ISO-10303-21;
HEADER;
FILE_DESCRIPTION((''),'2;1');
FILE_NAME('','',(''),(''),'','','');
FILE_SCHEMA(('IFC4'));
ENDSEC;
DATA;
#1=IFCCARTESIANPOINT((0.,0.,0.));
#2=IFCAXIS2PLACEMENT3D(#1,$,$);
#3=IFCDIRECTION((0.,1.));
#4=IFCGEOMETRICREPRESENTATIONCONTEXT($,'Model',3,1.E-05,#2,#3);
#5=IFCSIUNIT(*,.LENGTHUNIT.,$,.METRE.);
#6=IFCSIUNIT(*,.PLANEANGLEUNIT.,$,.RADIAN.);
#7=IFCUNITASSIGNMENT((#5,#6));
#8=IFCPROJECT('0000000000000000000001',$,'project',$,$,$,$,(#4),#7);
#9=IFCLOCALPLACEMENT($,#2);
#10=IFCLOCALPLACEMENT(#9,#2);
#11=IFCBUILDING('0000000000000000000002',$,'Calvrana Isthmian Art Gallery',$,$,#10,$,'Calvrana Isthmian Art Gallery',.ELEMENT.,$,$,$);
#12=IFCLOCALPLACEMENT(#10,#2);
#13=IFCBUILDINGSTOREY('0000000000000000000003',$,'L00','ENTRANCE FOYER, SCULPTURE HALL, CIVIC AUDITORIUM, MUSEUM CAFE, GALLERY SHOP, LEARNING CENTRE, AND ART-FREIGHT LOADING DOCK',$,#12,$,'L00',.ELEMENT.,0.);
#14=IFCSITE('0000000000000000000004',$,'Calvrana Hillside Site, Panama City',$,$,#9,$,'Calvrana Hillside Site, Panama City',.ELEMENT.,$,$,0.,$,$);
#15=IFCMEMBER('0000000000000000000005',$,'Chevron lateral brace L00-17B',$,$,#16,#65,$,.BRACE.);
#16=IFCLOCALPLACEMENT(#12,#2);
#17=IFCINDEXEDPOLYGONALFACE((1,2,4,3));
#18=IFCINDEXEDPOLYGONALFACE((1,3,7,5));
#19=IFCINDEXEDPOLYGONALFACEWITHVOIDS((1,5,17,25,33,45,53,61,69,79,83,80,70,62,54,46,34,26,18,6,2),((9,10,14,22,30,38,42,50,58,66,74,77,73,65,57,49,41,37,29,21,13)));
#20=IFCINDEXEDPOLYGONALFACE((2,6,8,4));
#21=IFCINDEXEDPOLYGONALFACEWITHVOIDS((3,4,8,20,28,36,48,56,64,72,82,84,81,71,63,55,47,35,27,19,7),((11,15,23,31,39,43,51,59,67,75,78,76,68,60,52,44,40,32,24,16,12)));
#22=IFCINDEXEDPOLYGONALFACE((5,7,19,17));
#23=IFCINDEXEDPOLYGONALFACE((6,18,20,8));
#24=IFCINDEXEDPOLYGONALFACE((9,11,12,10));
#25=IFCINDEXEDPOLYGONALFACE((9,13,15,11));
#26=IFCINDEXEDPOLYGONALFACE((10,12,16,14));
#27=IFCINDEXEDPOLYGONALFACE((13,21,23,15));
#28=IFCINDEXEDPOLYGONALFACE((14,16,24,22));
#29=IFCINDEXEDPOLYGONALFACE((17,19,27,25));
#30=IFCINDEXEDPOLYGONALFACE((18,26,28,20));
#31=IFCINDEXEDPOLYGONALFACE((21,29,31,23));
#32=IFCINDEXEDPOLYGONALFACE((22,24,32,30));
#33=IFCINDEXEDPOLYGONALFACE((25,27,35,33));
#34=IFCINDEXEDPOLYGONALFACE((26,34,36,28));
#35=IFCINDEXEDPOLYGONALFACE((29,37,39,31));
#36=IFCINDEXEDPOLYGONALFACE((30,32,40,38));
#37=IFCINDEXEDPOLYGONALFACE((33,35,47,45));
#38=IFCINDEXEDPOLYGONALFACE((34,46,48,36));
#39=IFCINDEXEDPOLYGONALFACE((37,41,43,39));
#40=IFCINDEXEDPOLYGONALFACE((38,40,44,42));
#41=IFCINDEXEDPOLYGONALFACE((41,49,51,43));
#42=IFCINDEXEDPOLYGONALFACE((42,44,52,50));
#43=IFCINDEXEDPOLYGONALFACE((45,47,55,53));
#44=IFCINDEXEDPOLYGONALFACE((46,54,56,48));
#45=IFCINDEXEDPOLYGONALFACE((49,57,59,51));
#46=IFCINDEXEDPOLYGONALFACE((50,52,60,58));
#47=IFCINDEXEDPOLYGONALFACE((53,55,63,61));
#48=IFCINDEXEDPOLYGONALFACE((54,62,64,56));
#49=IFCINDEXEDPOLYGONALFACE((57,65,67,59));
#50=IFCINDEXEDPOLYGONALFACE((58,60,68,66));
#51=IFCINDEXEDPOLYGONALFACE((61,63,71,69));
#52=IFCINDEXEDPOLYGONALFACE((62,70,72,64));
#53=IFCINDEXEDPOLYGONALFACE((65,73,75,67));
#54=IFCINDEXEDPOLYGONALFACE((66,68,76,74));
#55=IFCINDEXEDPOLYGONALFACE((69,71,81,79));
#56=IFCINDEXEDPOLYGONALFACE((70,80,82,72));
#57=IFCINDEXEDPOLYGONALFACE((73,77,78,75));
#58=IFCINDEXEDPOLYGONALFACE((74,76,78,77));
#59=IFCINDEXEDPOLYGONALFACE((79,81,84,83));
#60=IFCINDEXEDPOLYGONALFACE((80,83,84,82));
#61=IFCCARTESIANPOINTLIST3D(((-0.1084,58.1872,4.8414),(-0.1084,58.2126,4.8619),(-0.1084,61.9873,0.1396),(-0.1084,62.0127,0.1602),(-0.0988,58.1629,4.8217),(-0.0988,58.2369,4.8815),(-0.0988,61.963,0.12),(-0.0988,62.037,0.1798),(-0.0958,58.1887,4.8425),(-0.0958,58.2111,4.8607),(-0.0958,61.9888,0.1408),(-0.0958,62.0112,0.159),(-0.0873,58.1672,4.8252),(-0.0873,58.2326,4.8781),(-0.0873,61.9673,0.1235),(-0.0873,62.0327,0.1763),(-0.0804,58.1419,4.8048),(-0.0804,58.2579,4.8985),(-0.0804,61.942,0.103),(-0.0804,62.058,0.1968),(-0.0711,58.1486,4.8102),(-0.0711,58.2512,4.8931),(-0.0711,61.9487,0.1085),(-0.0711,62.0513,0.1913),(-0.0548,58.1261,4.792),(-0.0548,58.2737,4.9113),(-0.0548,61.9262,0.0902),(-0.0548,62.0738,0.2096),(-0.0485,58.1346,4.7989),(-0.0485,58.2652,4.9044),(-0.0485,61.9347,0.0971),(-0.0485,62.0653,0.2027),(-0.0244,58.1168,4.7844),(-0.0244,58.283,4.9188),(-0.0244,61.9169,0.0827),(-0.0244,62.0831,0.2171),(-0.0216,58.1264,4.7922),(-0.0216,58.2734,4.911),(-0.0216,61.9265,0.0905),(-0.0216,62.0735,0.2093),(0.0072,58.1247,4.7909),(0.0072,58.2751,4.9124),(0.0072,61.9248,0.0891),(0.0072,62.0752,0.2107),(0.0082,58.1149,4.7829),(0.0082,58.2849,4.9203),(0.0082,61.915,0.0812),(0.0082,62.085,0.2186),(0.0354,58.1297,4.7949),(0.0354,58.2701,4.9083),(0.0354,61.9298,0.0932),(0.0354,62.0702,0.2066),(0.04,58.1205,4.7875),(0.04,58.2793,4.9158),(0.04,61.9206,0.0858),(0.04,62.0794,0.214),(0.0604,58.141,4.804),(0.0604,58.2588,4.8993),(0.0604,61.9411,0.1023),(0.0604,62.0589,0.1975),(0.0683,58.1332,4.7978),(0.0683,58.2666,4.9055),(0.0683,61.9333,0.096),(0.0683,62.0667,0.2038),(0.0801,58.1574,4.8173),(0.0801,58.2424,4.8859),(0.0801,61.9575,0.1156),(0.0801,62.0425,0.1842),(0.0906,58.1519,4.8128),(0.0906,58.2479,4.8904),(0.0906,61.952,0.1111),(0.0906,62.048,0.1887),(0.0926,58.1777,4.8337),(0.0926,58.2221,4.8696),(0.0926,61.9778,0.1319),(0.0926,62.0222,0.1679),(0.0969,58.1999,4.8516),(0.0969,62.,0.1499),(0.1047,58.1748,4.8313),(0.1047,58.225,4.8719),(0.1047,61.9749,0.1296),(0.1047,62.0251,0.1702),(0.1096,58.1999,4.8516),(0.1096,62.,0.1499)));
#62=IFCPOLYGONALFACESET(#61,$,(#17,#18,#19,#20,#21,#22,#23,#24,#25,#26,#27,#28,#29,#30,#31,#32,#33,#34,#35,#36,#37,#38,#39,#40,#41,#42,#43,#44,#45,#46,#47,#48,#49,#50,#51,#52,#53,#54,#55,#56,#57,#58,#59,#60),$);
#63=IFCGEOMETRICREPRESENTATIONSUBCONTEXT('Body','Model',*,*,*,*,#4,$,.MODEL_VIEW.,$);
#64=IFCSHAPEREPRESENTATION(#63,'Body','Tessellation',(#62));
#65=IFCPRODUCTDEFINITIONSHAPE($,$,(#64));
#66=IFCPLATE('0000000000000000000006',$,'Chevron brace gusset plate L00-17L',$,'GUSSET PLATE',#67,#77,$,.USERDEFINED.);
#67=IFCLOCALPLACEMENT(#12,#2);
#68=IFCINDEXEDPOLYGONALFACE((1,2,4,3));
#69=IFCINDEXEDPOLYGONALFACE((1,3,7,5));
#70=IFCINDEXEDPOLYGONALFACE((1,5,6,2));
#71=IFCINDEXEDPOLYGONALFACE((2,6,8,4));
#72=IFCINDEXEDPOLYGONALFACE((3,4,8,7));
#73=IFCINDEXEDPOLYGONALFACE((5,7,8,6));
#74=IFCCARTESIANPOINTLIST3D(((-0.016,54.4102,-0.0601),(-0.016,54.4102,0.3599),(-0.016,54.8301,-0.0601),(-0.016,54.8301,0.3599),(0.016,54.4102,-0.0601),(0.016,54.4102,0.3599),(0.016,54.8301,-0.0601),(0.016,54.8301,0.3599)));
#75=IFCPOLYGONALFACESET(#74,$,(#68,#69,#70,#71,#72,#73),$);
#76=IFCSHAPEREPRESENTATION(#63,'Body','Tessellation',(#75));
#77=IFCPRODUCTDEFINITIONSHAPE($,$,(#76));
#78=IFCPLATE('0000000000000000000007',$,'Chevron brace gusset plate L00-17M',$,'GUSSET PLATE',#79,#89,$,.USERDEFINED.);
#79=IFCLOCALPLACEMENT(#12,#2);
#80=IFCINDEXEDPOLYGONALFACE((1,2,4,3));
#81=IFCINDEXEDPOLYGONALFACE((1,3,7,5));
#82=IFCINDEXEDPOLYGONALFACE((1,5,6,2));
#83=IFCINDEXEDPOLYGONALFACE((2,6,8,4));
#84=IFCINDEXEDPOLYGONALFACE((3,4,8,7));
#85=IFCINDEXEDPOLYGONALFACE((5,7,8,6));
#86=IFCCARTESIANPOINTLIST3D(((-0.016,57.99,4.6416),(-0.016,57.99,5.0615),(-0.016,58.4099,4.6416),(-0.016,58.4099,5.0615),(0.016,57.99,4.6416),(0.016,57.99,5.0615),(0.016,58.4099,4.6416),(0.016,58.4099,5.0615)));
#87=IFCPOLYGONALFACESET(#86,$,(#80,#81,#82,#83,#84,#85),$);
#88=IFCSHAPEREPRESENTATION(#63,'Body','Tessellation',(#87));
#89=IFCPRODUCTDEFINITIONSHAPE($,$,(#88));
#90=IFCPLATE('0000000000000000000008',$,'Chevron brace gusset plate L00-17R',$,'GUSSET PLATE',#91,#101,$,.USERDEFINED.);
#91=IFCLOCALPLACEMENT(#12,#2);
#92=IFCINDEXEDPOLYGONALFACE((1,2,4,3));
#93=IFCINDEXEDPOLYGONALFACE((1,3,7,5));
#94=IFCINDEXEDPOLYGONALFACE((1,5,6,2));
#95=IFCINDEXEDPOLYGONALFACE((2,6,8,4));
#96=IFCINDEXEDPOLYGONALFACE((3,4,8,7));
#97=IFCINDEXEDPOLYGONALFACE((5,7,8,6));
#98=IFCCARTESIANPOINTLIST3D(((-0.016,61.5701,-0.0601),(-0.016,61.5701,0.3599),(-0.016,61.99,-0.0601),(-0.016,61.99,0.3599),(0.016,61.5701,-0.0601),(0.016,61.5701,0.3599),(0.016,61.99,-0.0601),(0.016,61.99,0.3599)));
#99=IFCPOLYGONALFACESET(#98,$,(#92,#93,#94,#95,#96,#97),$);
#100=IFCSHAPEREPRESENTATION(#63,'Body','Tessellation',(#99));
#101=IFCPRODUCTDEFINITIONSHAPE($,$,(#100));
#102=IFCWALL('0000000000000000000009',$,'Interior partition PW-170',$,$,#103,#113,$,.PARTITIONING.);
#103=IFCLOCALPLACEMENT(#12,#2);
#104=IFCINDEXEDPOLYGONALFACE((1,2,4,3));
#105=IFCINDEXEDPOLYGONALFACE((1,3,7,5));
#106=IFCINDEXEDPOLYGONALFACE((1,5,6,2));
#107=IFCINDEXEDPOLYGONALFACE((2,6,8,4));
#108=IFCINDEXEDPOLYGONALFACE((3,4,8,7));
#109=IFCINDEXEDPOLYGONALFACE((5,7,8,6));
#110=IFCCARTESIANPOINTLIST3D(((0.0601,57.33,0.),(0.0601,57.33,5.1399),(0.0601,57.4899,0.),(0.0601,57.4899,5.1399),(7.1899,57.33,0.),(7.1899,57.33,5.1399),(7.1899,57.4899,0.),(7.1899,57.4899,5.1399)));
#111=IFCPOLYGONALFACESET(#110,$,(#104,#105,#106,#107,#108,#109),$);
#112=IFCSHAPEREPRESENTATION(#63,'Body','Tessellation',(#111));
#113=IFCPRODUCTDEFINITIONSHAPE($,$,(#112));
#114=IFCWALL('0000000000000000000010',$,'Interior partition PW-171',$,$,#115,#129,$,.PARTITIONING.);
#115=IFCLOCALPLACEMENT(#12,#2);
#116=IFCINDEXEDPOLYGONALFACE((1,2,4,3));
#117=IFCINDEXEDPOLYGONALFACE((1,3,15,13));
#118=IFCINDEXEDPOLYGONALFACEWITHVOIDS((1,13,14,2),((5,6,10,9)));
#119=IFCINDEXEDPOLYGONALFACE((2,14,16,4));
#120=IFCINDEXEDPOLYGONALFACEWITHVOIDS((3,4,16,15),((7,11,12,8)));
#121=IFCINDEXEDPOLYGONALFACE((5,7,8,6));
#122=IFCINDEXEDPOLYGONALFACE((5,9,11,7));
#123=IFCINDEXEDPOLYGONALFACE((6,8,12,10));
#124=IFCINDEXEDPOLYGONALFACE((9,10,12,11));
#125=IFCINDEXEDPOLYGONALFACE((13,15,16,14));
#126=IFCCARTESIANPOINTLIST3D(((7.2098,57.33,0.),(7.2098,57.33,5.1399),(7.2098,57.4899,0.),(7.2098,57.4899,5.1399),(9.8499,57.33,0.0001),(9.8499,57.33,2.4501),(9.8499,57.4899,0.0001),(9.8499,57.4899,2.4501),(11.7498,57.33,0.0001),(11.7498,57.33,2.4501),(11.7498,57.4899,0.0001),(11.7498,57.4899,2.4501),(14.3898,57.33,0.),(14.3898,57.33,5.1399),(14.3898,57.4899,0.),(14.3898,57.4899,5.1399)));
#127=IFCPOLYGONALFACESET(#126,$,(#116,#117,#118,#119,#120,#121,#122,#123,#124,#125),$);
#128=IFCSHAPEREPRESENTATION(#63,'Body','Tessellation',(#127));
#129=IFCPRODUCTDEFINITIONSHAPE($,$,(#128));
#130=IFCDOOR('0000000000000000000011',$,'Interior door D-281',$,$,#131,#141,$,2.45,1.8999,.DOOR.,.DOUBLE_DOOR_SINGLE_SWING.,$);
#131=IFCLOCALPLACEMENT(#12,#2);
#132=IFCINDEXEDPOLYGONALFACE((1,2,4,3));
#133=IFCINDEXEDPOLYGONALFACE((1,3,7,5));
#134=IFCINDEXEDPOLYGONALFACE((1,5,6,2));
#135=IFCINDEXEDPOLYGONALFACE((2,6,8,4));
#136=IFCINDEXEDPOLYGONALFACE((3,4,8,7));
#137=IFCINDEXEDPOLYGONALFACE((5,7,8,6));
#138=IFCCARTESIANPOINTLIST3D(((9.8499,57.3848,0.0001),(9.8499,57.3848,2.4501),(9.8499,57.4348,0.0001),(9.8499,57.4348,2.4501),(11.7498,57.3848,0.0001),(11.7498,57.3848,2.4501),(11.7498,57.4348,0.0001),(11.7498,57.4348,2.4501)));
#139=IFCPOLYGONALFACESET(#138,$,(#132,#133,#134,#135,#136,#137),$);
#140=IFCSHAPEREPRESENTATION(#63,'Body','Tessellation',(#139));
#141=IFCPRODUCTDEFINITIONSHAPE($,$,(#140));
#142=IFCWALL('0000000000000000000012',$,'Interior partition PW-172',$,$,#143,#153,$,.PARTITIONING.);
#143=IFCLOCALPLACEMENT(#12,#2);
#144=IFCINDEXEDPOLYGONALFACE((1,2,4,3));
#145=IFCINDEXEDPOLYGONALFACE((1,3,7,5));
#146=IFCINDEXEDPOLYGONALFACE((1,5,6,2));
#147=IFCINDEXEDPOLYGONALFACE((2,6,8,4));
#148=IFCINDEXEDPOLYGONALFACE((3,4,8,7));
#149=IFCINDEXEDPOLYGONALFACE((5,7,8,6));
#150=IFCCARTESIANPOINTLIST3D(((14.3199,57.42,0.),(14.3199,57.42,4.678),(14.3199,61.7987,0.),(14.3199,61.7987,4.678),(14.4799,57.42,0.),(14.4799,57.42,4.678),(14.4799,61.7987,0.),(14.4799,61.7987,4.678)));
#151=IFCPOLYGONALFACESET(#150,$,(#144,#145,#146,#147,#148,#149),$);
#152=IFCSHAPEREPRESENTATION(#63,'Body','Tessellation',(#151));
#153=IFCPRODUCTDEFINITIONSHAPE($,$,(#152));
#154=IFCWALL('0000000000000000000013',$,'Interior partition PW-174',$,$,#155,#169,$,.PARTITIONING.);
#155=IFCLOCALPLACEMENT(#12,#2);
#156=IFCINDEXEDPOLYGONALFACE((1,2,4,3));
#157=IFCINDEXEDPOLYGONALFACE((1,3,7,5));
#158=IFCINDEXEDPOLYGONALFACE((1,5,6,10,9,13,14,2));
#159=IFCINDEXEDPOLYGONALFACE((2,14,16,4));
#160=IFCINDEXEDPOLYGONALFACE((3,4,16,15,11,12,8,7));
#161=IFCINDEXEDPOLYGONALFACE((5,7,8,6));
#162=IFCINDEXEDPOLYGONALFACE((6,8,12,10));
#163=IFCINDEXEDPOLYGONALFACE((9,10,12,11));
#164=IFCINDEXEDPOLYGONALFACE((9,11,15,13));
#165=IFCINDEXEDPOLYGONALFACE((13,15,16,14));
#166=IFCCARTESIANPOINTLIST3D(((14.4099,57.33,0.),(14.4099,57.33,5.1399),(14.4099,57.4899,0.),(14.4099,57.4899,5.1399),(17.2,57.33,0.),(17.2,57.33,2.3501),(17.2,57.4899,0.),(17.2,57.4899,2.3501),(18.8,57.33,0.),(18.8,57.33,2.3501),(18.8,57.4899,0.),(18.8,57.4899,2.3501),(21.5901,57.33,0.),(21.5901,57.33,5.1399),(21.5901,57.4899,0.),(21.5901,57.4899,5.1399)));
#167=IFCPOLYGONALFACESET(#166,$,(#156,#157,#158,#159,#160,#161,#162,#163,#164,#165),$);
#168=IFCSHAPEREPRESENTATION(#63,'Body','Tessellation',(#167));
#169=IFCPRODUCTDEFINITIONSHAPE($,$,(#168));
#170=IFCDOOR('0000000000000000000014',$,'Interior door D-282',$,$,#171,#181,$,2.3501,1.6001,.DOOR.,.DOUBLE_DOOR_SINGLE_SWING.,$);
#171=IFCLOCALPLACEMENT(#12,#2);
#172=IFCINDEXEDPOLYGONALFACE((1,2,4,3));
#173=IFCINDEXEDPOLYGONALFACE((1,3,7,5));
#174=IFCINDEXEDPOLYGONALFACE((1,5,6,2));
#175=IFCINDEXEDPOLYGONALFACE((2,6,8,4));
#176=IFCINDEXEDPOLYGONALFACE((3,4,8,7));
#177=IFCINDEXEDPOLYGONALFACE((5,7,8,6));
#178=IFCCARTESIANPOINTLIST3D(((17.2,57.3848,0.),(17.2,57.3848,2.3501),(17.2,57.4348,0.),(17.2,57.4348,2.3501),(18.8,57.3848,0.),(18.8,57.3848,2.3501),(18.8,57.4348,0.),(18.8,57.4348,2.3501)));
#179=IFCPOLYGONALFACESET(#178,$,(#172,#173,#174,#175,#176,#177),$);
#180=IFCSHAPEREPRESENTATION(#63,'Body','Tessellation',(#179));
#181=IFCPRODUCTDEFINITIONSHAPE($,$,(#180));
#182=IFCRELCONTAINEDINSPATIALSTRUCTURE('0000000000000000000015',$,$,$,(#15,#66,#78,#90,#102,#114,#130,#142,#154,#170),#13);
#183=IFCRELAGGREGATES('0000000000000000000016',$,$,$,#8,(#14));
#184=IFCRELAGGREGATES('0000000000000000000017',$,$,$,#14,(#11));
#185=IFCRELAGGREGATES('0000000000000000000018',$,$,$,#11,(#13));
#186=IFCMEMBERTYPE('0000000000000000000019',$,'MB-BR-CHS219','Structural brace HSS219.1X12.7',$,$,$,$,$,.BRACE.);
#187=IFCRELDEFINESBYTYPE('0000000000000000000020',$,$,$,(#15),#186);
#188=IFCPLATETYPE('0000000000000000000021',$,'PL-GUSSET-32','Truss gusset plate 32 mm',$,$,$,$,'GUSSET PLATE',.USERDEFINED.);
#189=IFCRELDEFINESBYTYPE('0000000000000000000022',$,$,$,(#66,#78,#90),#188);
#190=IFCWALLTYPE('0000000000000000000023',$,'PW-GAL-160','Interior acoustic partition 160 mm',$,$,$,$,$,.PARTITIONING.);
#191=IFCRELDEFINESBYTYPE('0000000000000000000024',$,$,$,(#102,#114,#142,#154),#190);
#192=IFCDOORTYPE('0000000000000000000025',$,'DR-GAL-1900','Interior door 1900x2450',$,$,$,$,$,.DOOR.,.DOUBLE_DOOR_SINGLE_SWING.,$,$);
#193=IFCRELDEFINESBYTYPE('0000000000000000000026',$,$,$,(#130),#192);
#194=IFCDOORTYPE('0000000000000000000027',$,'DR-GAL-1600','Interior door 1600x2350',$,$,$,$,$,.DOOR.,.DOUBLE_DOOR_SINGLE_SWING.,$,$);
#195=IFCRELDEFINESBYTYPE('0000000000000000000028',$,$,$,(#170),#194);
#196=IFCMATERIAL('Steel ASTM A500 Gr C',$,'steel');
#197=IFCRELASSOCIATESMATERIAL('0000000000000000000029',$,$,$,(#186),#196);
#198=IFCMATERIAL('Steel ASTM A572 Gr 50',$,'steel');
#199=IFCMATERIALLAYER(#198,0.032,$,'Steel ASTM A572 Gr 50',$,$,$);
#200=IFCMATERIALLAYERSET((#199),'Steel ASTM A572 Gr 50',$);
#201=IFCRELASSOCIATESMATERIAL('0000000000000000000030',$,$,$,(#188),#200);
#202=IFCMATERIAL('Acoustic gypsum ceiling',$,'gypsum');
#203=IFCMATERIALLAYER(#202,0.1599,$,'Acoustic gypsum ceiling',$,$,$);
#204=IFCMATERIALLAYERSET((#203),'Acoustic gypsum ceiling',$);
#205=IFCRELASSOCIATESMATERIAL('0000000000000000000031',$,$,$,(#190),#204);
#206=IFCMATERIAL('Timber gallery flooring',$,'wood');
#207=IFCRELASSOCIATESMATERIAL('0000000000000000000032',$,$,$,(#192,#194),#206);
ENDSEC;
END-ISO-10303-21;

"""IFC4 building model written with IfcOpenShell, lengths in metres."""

from ifc_helpers import new_model, si_unit, direction, frame, frame_2d, origin, origin_2d, place, context, subcontext, project, spatial, rectangle, hollow_circle, extrude, material, layer, layer_set, material_profile, profile_set, type_object, element, fill, save


model = new_model("IFC4")

# Units and contexts
model_context = context("Model", 3, precision=1e-05, world=origin(), true_north=direction((0.0, 1.0)))
body_context = subcontext(model_context, "Body", "Model", "MODEL_VIEW")
ifc_project = project(units=[si_unit("LENGTHUNIT", "METRE"), si_unit("PLANEANGLEUNIT", "RADIAN")], contexts=[model_context])

# Site, building, storey
site_placement = place(None, origin())
site = spatial("IfcSite", under=ifc_project, at=site_placement, Name="Calvrana Hillside Site, Panama City", LongName="Calvrana Hillside Site, Panama City", CompositionType="ELEMENT", RefElevation=0.0)
building_placement = place(site_placement, origin())
building = spatial("IfcBuilding", under=site, at=building_placement, Name="Calvrana Isthmian Art Gallery", LongName="Calvrana Isthmian Art Gallery", CompositionType="ELEMENT")
storey_placement = place(building_placement, origin())
storey = spatial("IfcBuildingStorey", under=building, at=storey_placement, Name="L00", Description="ENTRANCE FOYER, SCULPTURE HALL, CIVIC AUDITORIUM, MUSEUM CAFE, GALLERY SHOP, LEARNING CENTRE, AND ART-FREIGHT LOADING DOCK", LongName="L00", CompositionType="ELEMENT", Elevation=0.0)

# Member
ifc_material_1 = material(Name="Steel ASTM A500 Gr C", Category="steel")
ifc_material_profile_1 = material_profile(ifc_material_1, hollow_circle(Radius=0.1096, WallThickness=0.0127, at=origin_2d()), Name="HSS219.1X12.7")
ifc_profile_set_1 = profile_set([ifc_material_profile_1], Name="Steel ASTM A500 Gr C")
member_type = type_object("IfcMemberType", Name="MB-BR-CHS219", Description="Structural brace HSS219.1X12.7", PredefinedType="BRACE", material=ifc_profile_set_1)
member_placement = place(storey_placement, frame((0.0, 62.0, 0.1499), z_axis=(0.0, -0.628593, 0.777735), x_axis=(1.0, 0.0, 0.0)))
element("IfcMember", 1, at=member_placement, inside=storey, type_object=member_type, Name="Chevron lateral brace L00-17B", PredefinedType="BRACE", context=body_context, shape_type="SweptSolid", body=[
    extrude(hollow_circle(Radius=0.1096, WallThickness=0.0127, at=origin_2d()), origin(), (0.0, 0.0, 1.0), 6.0454),
])

# Plates
ifc_material_2 = material(Name="Steel ASTM A572 Gr 50", Category="steel")
ifc_layer_1 = layer(ifc_material_2, 0.032, Name="Steel ASTM A572 Gr 50")
ifc_layer_set_1 = layer_set([ifc_layer_1], Name="Steel ASTM A572 Gr 50")
plate_type = type_object("IfcPlateType", Name="PL-GUSSET-32", Description="Truss gusset plate 32 mm", ElementType="GUSSET PLATE", PredefinedType="USERDEFINED", material=ifc_layer_set_1)
for number, where, z_axis, x_axis, name in (
    (2, (0.0, 54.6201, -0.0601), (0.0, 0.0, 1.0), (1.0, 0.0, 0.0), "Chevron brace gusset plate L00-17L"),
    (3, (0.0, 58.2, 4.6416), (0.0, 0.0, 1.0), (1.0, 0.0, 0.0), "Chevron brace gusset plate L00-17M"),
    (4, (0.0, 61.78, -0.0601), (0.0, 0.0, 1.0), (1.0, 0.0, 0.0), "Chevron brace gusset plate L00-17R"),
):
    element("IfcPlate", number, at=place(storey_placement, frame(where, z_axis=z_axis, x_axis=x_axis)), inside=storey, type_object=plate_type, Name=name, ObjectType="GUSSET PLATE", PredefinedType="USERDEFINED", context=body_context, shape_type="SweptSolid", body=[
        extrude(rectangle(XDim=0.032, YDim=0.4199, at=origin_2d()), origin(), (0.0, 0.0, 1.0), 0.4199),
    ])

# Wall
ifc_material_3 = material(Name="Acoustic gypsum ceiling", Category="gypsum")
ifc_layer_2 = layer(ifc_material_3, 0.1599, Name="Acoustic gypsum ceiling")
ifc_layer_set_2 = layer_set([ifc_layer_2], Name="Acoustic gypsum ceiling")
wall_type = type_object("IfcWallType", Name="PW-GAL-160", Description="Interior acoustic partition 160 mm", PredefinedType="PARTITIONING", material=ifc_layer_set_2)
wall_1_placement = place(storey_placement, frame((0.0601, 57.4099, 0.0), z_axis=(0.0, 0.0, 1.0), x_axis=(1.0, 0.0, 0.0)))
element("IfcWall", 5, at=wall_1_placement, inside=storey, type_object=wall_type, Name="Interior partition PW-170", PredefinedType="PARTITIONING", context=body_context, shape_type="SweptSolid", body=[
    extrude(rectangle(XDim=7.1299, YDim=0.1599, at=frame_2d((3.5649, 0.0))), origin(), (0.0, 0.0, 1.0), 5.1399),
])

# Wall, opening, door
wall_2_placement = place(storey_placement, frame((7.21, 57.4099, 0.0), z_axis=(0.0, 0.0, 1.0), x_axis=(1.0, 0.0, 0.0)))
wall_2 = element("IfcWall", 6, at=wall_2_placement, inside=storey, type_object=wall_type, Name="Interior partition PW-171", PredefinedType="PARTITIONING", context=body_context, shape_type="SweptSolid", body=[
    extrude(rectangle(XDim=7.1799, YDim=0.1599, at=frame_2d((3.5898, 0.0))), origin(), (0.0, 0.0, 1.0), 5.1399),
])
opening_1_placement = place(wall_2_placement, frame((2.6399, 0.0, 0.0)))
opening_1 = element("IfcOpeningElement", 7, at=opening_1_placement, cuts=wall_2, PredefinedType="OPENING", context=body_context, shape_type="SweptSolid", body=[
    extrude(rectangle(XDim=1.8999, YDim=2.45, at=frame_2d((0.95, 1.2251))), frame((0.0, 0.0903, 0.0), z_axis=(0.0, -1.0, 0.0), x_axis=(1.0, 0.0, 0.0)), (0.0, 0.0, 1.0), 0.1804),
])
ifc_material_4 = material(Name="Timber gallery flooring", Category="wood")
door_type_1 = type_object("IfcDoorType", Name="DR-GAL-1900", Description="Interior door 1900x2450", OperationType="DOUBLE_DOOR_SINGLE_SWING", PredefinedType="DOOR", material=ifc_material_4)
door_1_placement = place(opening_1_placement, origin())
door_1 = element("IfcDoor", 8, at=door_1_placement, inside=storey, type_object=door_type_1, Name="Interior door D-281", OperationType="DOUBLE_DOOR_SINGLE_SWING", OverallHeight=2.45, OverallWidth=1.8999, PredefinedType="DOOR", context=body_context, shape_type="SweptSolid", body=[
    extrude(rectangle(XDim=1.8999, YDim=2.45, at=frame_2d((0.95, 1.2251))), frame((0.0, 0.0249, 0.0), z_axis=(0.0, -1.0, 0.0), x_axis=(1.0, 0.0, 0.0)), (0.0, 0.0, 1.0), 0.05),
])
fill(opening_1, door_1)

# Wall
wall_3_placement = place(storey_placement, frame((14.3999, 57.4199, 0.0), z_axis=(0.0, 0.0, 1.0), x_axis=(0.0, 1.0, 0.0)))
element("IfcWall", 9, at=wall_3_placement, inside=storey, type_object=wall_type, Name="Interior partition PW-172", PredefinedType="PARTITIONING", context=body_context, shape_type="SweptSolid", body=[
    extrude(rectangle(XDim=4.3787, YDim=0.1599, at=frame_2d((2.1895, 0.0))), origin(), (0.0, 0.0, 1.0), 4.678),
])

# Wall, opening, door
wall_4_placement = place(storey_placement, frame((14.4099, 57.4099, 0.0), z_axis=(0.0, 0.0, 1.0), x_axis=(1.0, 0.0, 0.0)))
wall_4 = element("IfcWall", 10, at=wall_4_placement, inside=storey, type_object=wall_type, Name="Interior partition PW-174", PredefinedType="PARTITIONING", context=body_context, shape_type="SweptSolid", body=[
    extrude(rectangle(XDim=7.1802, YDim=0.1599, at=frame_2d((3.5901, 0.0))), origin(), (0.0, 0.0, 1.0), 5.1399),
])
opening_2_placement = place(wall_4_placement, frame((2.79, 0.0, 0.0)))
opening_2 = element("IfcOpeningElement", 11, at=opening_2_placement, cuts=wall_4, PredefinedType="OPENING", context=body_context, shape_type="SweptSolid", body=[
    extrude(rectangle(XDim=1.6001, YDim=2.3501, at=frame_2d((0.8, 1.175))), frame((0.0, 0.0903, 0.0), z_axis=(0.0, -1.0, 0.0), x_axis=(1.0, 0.0, 0.0)), (0.0, 0.0, 1.0), 0.1804),
])
door_type_2 = type_object("IfcDoorType", Name="DR-GAL-1600", Description="Interior door 1600x2350", OperationType="DOUBLE_DOOR_SINGLE_SWING", PredefinedType="DOOR", material=ifc_material_4)
door_2_placement = place(opening_2_placement, origin())
door_2 = element("IfcDoor", 12, at=door_2_placement, inside=storey, type_object=door_type_2, Name="Interior door D-282", OperationType="DOUBLE_DOOR_SINGLE_SWING", OverallHeight=2.3501, OverallWidth=1.6001, PredefinedType="DOOR", context=body_context, shape_type="SweptSolid", body=[
    extrude(rectangle(XDim=1.6001, YDim=2.3501, at=frame_2d((0.8, 1.175))), frame((0.0, 0.0249, 0.0), z_axis=(0.0, -1.0, 0.0), x_axis=(1.0, 0.0, 0.0)), (0.0, 0.0, 1.0), 0.05),
])
fill(opening_2, door_2)

save(model, "model.ifc")
